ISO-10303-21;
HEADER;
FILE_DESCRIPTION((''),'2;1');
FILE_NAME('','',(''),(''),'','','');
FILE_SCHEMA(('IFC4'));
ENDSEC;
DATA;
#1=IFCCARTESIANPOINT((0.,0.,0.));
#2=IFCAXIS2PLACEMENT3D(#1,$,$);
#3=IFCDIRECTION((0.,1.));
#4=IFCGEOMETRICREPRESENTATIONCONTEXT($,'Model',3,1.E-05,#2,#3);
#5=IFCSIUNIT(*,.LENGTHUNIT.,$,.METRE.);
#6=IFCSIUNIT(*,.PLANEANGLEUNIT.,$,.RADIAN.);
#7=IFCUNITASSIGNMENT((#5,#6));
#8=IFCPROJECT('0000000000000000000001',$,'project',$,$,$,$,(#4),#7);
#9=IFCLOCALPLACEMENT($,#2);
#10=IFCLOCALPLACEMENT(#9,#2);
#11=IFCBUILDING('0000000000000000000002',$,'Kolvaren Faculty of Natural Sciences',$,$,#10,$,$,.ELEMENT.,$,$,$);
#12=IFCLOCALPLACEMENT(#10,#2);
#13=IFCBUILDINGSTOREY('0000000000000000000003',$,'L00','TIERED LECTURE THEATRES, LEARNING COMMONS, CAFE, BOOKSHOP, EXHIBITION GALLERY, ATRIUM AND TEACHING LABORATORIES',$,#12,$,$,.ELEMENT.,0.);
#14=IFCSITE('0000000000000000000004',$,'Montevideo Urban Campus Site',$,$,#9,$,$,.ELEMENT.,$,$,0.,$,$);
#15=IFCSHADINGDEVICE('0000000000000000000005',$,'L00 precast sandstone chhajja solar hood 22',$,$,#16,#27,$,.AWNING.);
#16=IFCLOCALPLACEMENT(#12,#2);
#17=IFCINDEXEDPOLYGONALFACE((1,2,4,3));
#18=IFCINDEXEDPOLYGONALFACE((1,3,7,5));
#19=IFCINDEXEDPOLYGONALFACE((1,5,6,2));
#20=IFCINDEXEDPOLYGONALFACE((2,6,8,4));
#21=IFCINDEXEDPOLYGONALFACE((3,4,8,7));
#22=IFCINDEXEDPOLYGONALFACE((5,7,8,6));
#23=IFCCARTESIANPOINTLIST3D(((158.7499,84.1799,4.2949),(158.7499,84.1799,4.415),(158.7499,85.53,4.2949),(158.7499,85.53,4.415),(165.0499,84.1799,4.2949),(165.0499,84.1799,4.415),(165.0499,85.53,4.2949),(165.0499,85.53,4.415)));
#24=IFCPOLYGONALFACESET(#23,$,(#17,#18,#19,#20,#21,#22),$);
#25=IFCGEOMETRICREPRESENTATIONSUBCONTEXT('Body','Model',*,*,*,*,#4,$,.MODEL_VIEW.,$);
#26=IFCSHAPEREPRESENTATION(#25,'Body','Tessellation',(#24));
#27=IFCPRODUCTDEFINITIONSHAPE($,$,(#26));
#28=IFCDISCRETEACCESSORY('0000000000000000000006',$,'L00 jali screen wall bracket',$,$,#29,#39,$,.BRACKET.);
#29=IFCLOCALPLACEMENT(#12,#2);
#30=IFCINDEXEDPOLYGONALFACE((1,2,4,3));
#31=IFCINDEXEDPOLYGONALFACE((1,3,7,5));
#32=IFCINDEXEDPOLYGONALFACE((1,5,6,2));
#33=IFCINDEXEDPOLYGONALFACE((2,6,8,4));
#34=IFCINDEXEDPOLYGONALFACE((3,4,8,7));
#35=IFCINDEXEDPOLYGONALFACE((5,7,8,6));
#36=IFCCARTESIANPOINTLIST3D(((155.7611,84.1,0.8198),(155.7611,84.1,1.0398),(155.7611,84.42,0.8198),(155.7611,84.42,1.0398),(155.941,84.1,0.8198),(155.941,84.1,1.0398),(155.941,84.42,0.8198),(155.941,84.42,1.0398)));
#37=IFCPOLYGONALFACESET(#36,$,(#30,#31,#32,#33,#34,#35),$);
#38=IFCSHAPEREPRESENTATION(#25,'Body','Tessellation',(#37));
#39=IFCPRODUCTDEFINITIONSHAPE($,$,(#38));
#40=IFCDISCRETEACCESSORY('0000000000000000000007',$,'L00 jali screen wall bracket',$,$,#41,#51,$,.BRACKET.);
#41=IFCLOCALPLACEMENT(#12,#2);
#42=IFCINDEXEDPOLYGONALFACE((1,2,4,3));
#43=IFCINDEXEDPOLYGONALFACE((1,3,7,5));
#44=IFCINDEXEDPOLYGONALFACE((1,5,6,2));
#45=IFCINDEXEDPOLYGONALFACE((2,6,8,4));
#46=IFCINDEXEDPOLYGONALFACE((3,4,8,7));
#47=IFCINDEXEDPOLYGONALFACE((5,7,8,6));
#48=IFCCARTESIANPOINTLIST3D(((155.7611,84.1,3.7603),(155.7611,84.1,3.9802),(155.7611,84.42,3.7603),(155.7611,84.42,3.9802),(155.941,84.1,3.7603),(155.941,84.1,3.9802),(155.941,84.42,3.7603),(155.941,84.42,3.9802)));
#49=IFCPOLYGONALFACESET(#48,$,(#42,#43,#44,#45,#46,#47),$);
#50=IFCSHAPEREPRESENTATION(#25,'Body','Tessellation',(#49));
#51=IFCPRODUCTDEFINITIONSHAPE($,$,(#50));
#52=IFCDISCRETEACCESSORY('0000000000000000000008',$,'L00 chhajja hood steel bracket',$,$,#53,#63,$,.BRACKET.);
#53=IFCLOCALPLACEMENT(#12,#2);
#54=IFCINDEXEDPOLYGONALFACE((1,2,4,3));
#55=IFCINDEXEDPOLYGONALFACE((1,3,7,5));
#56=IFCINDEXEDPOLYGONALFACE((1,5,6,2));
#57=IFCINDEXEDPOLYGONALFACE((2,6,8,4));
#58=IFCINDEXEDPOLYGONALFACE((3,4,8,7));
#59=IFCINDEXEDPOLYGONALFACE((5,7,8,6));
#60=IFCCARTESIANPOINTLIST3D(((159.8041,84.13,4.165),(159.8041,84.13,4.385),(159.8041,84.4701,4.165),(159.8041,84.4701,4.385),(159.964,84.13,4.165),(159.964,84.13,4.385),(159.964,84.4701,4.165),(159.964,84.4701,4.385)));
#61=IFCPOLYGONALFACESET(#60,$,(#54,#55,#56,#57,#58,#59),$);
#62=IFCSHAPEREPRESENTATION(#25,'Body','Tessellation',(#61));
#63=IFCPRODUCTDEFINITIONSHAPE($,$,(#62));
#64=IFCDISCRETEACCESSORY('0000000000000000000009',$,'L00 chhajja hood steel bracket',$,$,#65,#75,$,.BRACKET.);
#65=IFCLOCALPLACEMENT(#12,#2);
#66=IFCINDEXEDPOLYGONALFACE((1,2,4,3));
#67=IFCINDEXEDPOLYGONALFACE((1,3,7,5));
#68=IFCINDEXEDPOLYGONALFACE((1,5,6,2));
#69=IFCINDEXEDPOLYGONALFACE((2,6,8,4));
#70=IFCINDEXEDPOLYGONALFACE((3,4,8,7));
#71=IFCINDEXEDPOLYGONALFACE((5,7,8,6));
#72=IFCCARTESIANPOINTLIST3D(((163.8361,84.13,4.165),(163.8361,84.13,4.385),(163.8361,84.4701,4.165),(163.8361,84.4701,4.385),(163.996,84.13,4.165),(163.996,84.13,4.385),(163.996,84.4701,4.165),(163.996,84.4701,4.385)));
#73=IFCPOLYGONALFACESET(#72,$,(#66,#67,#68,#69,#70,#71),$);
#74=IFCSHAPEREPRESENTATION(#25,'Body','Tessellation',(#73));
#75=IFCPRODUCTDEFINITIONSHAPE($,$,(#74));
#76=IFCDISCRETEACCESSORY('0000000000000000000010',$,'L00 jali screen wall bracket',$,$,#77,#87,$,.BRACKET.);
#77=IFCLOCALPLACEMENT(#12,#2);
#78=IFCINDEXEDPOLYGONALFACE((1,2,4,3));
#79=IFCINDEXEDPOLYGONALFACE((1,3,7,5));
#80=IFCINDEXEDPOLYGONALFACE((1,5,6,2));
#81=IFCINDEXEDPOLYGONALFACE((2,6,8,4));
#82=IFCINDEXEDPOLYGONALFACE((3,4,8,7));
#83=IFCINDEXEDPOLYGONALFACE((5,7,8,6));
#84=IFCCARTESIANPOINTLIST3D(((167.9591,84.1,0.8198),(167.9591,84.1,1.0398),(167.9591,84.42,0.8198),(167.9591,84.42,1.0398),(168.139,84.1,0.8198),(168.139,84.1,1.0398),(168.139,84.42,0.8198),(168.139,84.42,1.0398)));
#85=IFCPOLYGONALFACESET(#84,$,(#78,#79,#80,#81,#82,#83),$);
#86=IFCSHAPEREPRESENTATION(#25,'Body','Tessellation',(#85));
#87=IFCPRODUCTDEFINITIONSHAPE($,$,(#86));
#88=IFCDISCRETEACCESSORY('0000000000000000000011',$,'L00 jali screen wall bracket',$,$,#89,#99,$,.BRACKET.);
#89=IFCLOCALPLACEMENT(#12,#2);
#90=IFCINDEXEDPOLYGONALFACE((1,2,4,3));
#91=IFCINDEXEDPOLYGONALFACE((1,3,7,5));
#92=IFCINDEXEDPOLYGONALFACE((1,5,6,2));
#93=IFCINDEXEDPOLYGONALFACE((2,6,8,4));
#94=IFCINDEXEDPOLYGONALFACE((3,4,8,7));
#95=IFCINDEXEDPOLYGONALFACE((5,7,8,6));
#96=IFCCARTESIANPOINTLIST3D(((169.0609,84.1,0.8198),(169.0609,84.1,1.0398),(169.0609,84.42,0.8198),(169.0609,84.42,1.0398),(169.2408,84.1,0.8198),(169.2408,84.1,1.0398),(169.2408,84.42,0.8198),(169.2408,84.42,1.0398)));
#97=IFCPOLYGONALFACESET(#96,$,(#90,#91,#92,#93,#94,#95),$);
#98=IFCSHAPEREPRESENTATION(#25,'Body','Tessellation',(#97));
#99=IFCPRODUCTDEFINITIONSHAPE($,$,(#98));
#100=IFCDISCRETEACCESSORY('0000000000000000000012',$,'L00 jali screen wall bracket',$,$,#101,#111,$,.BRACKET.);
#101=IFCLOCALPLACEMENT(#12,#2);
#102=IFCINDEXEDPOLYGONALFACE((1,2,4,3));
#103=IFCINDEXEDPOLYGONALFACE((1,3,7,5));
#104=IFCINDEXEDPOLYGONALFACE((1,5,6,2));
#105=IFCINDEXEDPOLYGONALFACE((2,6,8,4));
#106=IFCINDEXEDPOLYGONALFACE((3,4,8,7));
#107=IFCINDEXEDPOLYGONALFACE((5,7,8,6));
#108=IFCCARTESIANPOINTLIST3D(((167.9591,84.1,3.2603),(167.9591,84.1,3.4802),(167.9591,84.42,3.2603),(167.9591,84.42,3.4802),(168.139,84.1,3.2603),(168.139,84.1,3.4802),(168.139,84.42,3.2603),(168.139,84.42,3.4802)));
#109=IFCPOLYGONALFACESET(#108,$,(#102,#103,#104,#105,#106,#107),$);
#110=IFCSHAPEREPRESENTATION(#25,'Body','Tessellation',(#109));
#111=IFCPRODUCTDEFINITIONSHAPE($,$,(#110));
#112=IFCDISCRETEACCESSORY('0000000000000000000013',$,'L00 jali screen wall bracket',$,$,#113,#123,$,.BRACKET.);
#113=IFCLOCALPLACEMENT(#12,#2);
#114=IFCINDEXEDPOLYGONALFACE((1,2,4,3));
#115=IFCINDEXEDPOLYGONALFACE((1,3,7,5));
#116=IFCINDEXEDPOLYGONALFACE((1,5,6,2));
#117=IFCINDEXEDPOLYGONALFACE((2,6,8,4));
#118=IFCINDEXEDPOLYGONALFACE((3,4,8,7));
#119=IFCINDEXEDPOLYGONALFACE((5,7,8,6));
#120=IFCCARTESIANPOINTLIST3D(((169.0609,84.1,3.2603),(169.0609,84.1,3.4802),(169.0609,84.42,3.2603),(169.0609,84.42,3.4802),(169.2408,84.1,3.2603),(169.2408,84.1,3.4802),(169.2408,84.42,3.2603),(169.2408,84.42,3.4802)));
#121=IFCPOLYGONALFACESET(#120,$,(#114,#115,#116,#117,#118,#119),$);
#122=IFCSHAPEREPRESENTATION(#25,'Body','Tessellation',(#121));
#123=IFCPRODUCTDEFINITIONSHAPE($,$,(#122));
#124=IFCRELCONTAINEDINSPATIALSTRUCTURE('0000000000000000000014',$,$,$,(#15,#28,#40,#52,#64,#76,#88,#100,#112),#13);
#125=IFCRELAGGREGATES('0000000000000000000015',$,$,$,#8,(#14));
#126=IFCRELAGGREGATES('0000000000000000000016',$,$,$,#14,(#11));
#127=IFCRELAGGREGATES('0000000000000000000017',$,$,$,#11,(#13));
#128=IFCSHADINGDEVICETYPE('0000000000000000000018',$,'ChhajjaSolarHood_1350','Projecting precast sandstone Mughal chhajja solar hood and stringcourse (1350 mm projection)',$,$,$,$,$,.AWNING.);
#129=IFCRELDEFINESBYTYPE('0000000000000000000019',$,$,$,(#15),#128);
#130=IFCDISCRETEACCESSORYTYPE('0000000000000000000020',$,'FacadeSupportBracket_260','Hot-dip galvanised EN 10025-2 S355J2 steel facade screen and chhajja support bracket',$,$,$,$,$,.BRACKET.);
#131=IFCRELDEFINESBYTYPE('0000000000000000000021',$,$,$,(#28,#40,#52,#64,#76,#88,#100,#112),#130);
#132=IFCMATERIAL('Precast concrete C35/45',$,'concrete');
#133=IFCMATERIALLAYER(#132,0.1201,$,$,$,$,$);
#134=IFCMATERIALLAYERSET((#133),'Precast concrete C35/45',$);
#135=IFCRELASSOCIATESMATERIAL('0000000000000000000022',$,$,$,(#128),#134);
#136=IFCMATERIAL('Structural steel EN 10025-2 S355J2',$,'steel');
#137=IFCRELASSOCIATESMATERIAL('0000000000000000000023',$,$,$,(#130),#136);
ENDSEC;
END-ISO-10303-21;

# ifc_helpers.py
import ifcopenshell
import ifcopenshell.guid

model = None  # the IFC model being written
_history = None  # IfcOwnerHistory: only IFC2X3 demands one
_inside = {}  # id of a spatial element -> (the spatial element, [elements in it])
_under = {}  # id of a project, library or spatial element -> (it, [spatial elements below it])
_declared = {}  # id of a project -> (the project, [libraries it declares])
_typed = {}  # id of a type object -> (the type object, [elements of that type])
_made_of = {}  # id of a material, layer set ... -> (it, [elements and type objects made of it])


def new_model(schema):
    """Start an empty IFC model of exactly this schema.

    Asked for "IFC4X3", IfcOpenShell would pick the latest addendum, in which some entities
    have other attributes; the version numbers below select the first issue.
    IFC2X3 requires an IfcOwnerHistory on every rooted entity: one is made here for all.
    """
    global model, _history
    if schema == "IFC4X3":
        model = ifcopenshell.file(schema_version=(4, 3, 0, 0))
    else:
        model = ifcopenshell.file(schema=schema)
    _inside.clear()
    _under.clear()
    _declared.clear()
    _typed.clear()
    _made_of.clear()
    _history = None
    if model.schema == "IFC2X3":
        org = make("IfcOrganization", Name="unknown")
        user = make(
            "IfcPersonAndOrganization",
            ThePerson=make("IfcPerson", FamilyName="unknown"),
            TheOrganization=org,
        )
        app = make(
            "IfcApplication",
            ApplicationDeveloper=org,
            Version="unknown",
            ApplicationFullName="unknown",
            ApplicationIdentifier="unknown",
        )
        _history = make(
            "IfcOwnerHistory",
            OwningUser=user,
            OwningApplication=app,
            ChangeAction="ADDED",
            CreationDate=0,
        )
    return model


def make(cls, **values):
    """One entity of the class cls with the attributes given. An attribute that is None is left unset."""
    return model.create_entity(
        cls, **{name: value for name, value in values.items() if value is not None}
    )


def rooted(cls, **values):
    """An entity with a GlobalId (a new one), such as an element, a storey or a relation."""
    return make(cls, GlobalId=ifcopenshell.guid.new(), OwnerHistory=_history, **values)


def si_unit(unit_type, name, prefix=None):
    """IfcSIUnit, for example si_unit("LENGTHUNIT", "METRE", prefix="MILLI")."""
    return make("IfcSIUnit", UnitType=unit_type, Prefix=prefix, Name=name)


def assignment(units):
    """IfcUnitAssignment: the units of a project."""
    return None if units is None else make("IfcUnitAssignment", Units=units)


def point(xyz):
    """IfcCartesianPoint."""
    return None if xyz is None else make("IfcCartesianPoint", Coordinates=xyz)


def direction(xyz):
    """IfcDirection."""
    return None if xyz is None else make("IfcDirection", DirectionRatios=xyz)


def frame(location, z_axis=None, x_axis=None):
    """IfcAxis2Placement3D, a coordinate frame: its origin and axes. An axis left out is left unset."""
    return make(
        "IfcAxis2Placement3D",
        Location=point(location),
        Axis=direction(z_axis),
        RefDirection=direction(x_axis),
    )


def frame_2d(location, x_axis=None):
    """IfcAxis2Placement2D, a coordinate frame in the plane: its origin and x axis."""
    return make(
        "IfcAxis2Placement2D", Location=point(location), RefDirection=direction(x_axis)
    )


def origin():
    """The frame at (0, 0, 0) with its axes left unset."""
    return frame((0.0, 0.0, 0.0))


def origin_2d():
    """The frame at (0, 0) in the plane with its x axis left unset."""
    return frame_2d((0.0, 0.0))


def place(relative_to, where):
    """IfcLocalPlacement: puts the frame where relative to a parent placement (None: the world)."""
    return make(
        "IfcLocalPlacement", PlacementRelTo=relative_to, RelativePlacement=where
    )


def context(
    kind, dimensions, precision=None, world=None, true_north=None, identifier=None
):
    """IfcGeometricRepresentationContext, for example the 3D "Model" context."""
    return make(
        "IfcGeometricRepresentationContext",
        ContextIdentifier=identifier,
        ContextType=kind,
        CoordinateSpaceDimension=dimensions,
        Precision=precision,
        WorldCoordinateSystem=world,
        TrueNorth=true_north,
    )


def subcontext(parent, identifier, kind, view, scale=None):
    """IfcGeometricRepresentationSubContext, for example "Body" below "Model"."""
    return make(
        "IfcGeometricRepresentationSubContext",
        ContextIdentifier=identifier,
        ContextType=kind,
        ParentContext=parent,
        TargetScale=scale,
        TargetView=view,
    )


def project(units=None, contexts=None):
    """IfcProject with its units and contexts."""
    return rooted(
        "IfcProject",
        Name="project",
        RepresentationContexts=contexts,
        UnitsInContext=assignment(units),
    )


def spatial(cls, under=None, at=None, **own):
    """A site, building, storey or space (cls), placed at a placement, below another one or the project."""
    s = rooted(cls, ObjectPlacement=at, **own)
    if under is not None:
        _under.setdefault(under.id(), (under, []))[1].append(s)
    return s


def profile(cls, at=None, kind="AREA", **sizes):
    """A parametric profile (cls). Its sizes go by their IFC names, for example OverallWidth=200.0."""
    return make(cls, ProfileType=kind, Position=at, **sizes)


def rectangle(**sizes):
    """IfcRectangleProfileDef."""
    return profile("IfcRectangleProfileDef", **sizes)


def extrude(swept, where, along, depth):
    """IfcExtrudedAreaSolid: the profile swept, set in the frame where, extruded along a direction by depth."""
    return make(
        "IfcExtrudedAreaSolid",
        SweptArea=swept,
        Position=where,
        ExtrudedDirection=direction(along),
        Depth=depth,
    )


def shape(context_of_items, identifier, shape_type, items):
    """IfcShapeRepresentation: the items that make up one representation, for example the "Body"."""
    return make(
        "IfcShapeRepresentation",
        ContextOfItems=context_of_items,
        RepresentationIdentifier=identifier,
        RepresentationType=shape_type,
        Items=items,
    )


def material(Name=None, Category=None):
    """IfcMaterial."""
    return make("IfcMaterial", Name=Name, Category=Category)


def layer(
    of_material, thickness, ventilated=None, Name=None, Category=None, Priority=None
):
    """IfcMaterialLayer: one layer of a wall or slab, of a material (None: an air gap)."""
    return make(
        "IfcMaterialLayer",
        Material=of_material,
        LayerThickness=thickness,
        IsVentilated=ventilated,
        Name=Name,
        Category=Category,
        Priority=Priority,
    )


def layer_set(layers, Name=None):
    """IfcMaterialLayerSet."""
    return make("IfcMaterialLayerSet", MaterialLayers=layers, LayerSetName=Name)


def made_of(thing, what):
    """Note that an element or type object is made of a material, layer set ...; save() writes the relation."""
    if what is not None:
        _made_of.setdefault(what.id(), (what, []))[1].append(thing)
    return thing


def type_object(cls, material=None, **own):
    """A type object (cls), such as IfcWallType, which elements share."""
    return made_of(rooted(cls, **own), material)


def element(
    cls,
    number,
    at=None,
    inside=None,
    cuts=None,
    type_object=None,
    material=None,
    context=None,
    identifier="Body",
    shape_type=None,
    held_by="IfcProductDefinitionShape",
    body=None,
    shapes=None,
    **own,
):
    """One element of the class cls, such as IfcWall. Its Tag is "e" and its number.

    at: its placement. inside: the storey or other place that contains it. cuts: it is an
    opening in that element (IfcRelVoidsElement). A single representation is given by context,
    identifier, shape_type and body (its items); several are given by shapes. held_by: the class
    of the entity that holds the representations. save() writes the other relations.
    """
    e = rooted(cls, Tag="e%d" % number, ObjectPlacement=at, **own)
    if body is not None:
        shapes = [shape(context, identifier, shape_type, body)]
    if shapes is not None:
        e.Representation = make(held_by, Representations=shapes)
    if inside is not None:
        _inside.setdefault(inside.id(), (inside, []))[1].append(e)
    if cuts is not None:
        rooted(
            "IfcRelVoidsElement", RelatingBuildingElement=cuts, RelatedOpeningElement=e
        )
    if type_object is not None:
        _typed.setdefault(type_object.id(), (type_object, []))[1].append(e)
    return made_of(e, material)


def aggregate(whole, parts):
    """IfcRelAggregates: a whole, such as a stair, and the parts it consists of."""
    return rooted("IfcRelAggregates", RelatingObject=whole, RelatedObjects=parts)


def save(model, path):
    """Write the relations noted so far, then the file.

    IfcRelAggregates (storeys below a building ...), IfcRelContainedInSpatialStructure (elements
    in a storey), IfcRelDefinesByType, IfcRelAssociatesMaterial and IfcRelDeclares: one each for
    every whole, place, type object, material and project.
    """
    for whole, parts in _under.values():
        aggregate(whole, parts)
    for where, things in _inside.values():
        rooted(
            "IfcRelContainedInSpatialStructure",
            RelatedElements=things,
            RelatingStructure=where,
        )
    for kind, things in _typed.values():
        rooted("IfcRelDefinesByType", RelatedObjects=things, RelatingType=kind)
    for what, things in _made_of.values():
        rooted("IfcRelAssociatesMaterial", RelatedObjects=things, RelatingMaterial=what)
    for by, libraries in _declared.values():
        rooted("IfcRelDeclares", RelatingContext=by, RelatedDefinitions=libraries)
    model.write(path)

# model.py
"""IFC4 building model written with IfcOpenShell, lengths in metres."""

from ifc_helpers import new_model, si_unit, direction, frame, origin, origin_2d, place, context, subcontext, project, spatial, rectangle, extrude, material, layer, layer_set, type_object, element, save


model = new_model("IFC4")

# Units and contexts
model_context = context("Model", 3, precision=1e-05, world=origin(), true_north=direction((0.0, 1.0)))
body_context = subcontext(model_context, "Body", "Model", "MODEL_VIEW")
ifc_project = project(units=[si_unit("LENGTHUNIT", "METRE"), si_unit("PLANEANGLEUNIT", "RADIAN")], contexts=[model_context])

# Site, building, storey
site_placement = place(None, origin())
site = spatial("IfcSite", under=ifc_project, at=site_placement, Name="Montevideo Urban Campus Site", CompositionType="ELEMENT", RefElevation=0.0)
building_placement = place(site_placement, origin())
building = spatial("IfcBuilding", under=site, at=building_placement, Name="Kolvaren Faculty of Natural Sciences", CompositionType="ELEMENT")
storey_placement = place(building_placement, origin())
storey = spatial("IfcBuildingStorey", under=building, at=storey_placement, Name="L00", Description="TIERED LECTURE THEATRES, LEARNING COMMONS, CAFE, BOOKSHOP, EXHIBITION GALLERY, ATRIUM AND TEACHING LABORATORIES", CompositionType="ELEMENT", Elevation=0.0)

# Shading device
ifc_material_1 = material(Name="Precast concrete C35/45", Category="concrete")
ifc_layer_1 = layer(ifc_material_1, 0.1201)
ifc_layer_set_1 = layer_set([ifc_layer_1], Name="Precast concrete C35/45")
shading_device_type = type_object("IfcShadingDeviceType", Name="ChhajjaSolarHood_1350", Description="Projecting precast sandstone Mughal chhajja solar hood and stringcourse (1350 mm projection)", PredefinedType="AWNING", material=ifc_layer_set_1)
shading_device_placement = place(storey_placement, frame((161.8999, 84.855, 4.2949), z_axis=(0.0, 0.0, 1.0), x_axis=(1.0, 0.0, 0.0)))
element("IfcShadingDevice", 1, at=shading_device_placement, inside=storey, type_object=shading_device_type, Name="L00 precast sandstone chhajja solar hood 22", PredefinedType="AWNING", context=body_context, shape_type="SweptSolid", body=[
    extrude(rectangle(XDim=6.3, YDim=1.3501, at=origin_2d()), origin(), (0.0, 0.0, 1.0), 0.1201),
])

# Discrete accessories
ifc_material_2 = material(Name="Structural steel EN 10025-2 S355J2", Category="steel")
discrete_accessory_type = type_object("IfcDiscreteAccessoryType", Name="FacadeSupportBracket_260", Description="Hot-dip galvanised EN 10025-2 S355J2 steel facade screen and chhajja support bracket", PredefinedType="BRACKET", material=ifc_material_2)
for number, where, z_axis, x_axis, name in (
    (2, (155.8511, 84.26, 0.8198), (0.0, 0.0, 1.0), (1.0, 0.0, 0.0), "L00 jali screen wall bracket"),
    (3, (155.8511, 84.26, 3.7603), (0.0, 0.0, 1.0), (1.0, 0.0, 0.0), "L00 jali screen wall bracket"),
):
    element("IfcDiscreteAccessory", number, at=place(storey_placement, frame(where, z_axis=z_axis, x_axis=x_axis)), inside=storey, type_object=discrete_accessory_type, Name=name, PredefinedType="BRACKET", context=body_context, shape_type="SweptSolid", body=[
        extrude(rectangle(XDim=0.1799, YDim=0.3201, at=origin_2d()), origin(), (0.0, 0.0, 1.0), 0.22),
    ])
for number, where, z_axis, x_axis, name in (
    (4, (159.884, 84.3, 4.165), (0.0, 0.0, 1.0), (1.0, 0.0, 0.0), "L00 chhajja hood steel bracket"),
    (5, (163.916, 84.3, 4.165), (0.0, 0.0, 1.0), (1.0, 0.0, 0.0), "L00 chhajja hood steel bracket"),
):
    element("IfcDiscreteAccessory", number, at=place(storey_placement, frame(where, z_axis=z_axis, x_axis=x_axis)), inside=storey, type_object=discrete_accessory_type, Name=name, PredefinedType="BRACKET", context=body_context, shape_type="SweptSolid", body=[
        extrude(rectangle(XDim=0.1599, YDim=0.3401, at=origin_2d()), origin(), (0.0, 0.0, 1.0), 0.22),
    ])
for number, where, z_axis, x_axis, name in (
    (6, (168.0491, 84.26, 0.8198), (0.0, 0.0, 1.0), (1.0, 0.0, 0.0), "L00 jali screen wall bracket"),
    (7, (169.1509, 84.26, 0.8198), (0.0, 0.0, 1.0), (1.0, 0.0, 0.0), "L00 jali screen wall bracket"),
    (8, (168.0491, 84.26, 3.2603), (0.0, 0.0, 1.0), (1.0, 0.0, 0.0), "L00 jali screen wall bracket"),
    (9, (169.1509, 84.26, 3.2603), (0.0, 0.0, 1.0), (1.0, 0.0, 0.0), "L00 jali screen wall bracket"),
):
    element("IfcDiscreteAccessory", number, at=place(storey_placement, frame(where, z_axis=z_axis, x_axis=x_axis)), inside=storey, type_object=discrete_accessory_type, Name=name, PredefinedType="BRACKET", context=body_context, shape_type="SweptSolid", body=[
        extrude(rectangle(XDim=0.1799, YDim=0.3201, at=origin_2d()), origin(), (0.0, 0.0, 1.0), 0.22),
    ])

save(model, "model.ifc")
